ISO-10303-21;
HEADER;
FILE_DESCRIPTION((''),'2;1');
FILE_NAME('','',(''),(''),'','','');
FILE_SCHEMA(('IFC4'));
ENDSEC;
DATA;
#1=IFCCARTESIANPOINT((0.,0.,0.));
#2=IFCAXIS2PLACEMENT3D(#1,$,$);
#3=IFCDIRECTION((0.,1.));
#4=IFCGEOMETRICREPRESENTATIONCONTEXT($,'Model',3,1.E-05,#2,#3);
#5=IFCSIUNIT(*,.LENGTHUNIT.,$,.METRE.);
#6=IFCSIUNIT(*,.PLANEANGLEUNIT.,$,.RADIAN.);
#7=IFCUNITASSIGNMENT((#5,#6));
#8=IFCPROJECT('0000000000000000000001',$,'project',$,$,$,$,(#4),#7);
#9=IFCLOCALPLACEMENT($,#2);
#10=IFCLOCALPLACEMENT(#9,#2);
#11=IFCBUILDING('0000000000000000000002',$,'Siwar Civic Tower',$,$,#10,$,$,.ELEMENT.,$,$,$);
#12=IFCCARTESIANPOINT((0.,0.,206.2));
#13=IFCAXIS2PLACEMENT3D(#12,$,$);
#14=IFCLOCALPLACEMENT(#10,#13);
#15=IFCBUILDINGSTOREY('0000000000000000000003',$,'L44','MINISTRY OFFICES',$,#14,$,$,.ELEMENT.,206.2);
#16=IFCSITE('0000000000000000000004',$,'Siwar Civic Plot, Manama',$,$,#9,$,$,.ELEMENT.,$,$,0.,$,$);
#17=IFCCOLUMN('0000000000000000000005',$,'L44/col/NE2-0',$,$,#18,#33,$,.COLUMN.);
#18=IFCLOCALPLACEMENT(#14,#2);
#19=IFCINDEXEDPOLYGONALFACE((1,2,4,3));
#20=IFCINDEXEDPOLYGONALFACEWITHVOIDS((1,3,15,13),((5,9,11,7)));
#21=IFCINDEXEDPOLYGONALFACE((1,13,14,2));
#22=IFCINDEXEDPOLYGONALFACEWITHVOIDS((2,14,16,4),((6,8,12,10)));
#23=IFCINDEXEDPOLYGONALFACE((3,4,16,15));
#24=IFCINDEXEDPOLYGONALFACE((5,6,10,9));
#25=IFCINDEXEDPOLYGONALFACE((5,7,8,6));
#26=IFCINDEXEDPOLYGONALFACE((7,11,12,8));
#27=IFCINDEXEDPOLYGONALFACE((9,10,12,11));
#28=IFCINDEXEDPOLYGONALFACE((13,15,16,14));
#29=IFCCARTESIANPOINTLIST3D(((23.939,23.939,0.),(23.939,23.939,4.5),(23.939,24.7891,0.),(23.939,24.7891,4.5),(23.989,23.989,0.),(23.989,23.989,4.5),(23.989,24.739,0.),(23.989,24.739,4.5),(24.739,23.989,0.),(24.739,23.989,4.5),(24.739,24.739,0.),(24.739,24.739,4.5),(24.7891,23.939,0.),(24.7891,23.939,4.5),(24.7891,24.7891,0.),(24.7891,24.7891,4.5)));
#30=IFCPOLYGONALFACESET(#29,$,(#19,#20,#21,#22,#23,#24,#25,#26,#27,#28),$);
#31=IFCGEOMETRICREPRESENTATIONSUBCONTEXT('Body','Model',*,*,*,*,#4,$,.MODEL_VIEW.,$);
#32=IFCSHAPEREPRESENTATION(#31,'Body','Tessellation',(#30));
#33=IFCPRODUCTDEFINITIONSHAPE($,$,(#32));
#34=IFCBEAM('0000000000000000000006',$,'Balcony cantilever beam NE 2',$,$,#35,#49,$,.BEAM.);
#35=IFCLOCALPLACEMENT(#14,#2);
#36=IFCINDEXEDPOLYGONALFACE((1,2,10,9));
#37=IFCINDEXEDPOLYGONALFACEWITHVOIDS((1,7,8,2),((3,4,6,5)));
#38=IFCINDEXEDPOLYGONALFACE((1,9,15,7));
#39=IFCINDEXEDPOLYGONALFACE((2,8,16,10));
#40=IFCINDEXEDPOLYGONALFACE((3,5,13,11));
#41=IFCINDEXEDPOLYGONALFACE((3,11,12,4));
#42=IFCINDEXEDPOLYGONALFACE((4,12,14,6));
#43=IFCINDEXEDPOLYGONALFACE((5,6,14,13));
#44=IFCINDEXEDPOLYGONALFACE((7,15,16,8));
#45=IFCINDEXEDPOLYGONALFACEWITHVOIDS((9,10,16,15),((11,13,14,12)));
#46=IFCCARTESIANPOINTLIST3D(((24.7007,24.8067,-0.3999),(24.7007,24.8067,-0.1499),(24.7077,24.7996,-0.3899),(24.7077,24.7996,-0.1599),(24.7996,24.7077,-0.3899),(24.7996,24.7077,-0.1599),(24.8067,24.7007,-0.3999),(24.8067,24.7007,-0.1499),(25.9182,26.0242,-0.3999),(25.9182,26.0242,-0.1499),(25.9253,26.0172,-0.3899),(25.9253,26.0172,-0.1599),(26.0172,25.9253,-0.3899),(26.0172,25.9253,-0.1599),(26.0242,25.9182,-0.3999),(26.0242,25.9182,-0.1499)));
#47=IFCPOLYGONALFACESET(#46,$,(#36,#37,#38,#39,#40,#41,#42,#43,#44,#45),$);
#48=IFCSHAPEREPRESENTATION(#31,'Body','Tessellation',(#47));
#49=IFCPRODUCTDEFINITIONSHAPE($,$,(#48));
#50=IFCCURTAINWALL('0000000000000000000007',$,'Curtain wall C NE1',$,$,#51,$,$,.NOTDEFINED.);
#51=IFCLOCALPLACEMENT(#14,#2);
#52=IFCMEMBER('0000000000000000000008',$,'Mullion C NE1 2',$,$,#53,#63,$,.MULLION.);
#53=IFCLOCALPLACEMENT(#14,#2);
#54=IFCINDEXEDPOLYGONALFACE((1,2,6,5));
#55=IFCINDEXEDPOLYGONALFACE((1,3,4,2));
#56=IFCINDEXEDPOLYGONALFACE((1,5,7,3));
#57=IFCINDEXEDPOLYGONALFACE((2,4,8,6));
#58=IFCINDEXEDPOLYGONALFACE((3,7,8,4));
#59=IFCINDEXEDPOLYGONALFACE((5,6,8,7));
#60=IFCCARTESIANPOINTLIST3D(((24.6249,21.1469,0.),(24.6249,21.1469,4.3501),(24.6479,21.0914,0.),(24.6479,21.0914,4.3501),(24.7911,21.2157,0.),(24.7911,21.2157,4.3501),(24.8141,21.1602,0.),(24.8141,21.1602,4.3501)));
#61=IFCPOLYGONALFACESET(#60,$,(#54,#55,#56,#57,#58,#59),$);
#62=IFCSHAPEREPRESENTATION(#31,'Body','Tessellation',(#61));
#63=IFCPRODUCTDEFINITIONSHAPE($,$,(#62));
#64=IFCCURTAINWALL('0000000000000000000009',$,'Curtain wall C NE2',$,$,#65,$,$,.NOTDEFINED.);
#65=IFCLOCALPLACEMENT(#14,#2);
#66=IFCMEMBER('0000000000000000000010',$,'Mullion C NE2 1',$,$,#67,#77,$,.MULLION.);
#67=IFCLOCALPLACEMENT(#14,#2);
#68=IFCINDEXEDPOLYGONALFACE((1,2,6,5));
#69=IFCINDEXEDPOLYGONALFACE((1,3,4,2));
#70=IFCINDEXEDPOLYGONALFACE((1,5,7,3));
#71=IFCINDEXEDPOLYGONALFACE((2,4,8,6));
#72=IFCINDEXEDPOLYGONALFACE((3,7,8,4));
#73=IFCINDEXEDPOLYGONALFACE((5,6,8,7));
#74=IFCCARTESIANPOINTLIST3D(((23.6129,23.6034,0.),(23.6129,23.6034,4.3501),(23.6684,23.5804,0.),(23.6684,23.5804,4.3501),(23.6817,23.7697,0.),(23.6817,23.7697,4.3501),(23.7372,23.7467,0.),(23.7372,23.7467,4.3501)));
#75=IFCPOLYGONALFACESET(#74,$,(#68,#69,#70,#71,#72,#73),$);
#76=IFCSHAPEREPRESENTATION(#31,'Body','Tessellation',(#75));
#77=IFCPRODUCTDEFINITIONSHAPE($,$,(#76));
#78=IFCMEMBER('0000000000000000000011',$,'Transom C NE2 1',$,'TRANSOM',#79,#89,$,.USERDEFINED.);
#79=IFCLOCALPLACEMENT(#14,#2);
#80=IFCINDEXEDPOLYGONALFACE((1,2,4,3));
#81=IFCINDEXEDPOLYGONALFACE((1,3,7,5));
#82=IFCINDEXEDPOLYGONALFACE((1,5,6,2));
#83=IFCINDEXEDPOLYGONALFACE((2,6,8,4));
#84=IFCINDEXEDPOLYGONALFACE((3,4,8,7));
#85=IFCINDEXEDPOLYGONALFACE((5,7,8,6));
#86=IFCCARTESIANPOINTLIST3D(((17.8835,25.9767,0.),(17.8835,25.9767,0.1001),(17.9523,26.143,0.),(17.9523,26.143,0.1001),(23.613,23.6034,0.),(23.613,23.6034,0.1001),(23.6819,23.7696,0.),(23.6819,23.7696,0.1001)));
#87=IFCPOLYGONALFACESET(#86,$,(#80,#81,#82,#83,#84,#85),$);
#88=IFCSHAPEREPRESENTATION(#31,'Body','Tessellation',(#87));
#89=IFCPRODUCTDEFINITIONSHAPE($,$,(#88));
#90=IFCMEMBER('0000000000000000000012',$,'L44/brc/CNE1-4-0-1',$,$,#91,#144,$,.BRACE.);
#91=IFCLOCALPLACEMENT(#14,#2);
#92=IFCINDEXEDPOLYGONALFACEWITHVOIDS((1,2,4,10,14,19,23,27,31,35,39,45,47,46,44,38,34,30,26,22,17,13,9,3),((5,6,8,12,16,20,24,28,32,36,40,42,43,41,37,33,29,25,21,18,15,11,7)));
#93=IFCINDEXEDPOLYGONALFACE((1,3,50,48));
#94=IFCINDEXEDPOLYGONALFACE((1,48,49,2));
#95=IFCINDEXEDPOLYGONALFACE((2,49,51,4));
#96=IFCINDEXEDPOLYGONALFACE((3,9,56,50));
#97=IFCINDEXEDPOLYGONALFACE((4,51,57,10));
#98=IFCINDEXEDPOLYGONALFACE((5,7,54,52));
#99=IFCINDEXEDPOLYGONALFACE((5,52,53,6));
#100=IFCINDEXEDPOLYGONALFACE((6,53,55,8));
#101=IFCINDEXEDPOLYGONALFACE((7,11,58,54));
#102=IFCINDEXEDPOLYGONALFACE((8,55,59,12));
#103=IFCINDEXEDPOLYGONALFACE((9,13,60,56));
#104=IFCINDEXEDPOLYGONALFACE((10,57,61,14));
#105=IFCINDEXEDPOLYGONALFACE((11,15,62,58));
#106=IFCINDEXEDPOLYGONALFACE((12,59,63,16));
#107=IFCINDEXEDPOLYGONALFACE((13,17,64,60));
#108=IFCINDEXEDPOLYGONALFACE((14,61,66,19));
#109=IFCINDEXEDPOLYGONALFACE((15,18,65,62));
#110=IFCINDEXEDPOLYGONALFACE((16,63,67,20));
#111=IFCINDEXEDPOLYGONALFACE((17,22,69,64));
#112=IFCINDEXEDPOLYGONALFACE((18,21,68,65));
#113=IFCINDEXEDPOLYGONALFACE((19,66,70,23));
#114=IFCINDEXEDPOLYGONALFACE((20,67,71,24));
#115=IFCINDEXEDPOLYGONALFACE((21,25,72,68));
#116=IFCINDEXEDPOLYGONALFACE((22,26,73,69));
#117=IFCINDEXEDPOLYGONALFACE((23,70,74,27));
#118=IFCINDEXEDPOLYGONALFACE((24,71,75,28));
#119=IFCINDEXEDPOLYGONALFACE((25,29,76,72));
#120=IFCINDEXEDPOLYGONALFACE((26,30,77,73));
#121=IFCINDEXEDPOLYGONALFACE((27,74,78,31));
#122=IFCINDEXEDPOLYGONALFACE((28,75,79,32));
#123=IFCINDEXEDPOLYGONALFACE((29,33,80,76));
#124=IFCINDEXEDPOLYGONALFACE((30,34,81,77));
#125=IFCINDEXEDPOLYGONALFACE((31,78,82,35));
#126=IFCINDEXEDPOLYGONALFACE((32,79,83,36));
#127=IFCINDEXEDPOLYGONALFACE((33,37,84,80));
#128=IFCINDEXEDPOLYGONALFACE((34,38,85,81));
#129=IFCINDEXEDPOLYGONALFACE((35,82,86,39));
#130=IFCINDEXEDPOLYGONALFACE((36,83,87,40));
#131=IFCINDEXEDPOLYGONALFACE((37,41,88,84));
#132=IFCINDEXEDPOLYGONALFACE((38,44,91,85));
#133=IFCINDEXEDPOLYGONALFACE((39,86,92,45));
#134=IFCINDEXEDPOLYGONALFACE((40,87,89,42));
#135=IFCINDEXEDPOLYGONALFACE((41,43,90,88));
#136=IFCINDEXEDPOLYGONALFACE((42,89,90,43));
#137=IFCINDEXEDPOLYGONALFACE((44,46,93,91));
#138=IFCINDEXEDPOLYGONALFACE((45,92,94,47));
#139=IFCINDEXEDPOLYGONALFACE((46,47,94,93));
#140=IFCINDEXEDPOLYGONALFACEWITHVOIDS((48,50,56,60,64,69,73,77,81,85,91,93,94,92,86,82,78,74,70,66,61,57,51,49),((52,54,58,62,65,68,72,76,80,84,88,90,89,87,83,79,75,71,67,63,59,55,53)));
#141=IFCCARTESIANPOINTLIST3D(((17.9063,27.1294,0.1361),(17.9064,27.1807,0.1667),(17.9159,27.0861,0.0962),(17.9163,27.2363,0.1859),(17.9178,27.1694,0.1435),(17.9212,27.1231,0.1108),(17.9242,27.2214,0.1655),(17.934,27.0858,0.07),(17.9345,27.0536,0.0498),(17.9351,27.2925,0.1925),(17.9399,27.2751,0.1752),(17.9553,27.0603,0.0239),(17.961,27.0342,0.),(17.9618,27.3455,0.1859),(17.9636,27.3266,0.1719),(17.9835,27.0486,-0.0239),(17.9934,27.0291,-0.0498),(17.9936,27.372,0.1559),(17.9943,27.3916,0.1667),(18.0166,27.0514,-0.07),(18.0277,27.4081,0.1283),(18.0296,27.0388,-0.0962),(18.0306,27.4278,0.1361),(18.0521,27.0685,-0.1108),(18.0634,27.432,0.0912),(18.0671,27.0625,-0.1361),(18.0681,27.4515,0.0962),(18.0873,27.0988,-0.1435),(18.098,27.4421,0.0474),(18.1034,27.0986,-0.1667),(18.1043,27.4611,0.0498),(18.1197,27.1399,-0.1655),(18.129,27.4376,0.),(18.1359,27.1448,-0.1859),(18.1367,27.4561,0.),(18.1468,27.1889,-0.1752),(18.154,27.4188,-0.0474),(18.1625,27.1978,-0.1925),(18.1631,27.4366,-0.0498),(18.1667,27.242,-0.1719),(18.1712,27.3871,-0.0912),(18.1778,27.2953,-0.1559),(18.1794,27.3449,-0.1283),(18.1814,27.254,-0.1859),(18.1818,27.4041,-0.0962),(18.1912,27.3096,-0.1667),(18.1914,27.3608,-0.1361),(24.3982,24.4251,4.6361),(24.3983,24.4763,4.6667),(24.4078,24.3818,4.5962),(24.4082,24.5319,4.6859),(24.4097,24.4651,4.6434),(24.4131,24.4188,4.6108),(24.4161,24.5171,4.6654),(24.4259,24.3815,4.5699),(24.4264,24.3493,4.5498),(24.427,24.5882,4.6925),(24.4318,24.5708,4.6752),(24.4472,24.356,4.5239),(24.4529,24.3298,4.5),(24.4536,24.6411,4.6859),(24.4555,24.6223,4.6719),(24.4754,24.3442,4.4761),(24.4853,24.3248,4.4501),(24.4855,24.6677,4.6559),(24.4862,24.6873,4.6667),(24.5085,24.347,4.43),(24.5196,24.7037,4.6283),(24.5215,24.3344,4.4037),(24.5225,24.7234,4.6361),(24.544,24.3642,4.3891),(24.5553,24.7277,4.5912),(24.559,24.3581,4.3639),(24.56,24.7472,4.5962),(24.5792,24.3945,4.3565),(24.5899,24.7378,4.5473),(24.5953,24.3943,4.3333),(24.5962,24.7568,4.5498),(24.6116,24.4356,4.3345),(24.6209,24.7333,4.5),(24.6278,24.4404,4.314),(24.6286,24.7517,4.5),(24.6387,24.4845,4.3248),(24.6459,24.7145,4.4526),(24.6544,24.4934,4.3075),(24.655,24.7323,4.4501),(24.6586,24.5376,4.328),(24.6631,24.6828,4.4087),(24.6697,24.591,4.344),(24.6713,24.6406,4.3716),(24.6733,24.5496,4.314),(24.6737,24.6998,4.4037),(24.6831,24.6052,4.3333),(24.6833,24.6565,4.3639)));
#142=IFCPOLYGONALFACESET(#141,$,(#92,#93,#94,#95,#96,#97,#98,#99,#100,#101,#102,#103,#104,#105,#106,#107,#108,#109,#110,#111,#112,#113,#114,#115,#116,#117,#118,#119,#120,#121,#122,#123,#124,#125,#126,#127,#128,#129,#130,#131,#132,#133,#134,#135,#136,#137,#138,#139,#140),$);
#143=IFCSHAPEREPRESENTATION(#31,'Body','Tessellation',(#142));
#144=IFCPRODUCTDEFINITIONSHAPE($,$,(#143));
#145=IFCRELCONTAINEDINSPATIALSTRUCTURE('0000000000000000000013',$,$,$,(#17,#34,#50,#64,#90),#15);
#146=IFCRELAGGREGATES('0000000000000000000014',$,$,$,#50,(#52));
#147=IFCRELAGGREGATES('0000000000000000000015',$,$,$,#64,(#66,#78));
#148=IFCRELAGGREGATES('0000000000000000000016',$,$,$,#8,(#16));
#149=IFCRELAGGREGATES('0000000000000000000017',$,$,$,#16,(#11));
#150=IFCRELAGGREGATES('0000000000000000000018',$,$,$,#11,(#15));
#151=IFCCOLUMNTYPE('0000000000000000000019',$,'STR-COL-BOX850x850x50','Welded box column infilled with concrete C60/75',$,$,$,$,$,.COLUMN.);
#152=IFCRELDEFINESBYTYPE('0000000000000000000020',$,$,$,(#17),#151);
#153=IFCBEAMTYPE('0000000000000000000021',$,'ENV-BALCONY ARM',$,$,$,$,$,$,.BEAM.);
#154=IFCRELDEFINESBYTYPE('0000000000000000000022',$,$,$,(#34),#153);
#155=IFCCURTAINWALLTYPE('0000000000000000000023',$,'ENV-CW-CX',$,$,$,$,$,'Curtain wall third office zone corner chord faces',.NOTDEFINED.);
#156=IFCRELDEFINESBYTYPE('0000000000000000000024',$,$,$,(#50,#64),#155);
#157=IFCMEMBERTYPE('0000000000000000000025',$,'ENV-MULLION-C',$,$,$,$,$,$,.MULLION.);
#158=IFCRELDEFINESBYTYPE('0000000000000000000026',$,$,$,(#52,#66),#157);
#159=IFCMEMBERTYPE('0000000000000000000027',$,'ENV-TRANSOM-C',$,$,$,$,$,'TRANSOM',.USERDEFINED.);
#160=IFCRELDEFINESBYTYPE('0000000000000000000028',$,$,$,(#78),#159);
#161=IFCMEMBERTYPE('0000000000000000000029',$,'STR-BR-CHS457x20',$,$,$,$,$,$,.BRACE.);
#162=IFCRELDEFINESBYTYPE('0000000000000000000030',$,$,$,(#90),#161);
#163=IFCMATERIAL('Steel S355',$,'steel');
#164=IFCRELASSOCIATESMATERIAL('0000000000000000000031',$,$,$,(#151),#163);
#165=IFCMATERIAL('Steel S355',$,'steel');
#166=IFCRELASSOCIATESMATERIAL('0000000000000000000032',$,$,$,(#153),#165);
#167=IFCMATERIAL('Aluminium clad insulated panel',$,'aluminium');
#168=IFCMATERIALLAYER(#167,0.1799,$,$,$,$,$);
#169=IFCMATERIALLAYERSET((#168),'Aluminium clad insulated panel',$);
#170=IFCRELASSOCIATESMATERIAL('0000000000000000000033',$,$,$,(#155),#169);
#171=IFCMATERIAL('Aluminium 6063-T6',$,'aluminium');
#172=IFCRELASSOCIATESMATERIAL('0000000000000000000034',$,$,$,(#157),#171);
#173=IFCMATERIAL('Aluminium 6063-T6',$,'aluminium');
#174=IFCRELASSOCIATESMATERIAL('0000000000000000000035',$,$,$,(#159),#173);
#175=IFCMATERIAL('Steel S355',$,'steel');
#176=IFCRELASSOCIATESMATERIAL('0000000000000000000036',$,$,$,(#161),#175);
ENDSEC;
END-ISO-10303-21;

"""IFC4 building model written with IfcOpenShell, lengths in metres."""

from ifc_helpers import new_model, si_unit, direction, frame, origin, origin_2d, place, context, subcontext, project, spatial, rectangle, hollow_rectangle, hollow_circle, extrude, material, layer, layer_set, material_profile, profile_set, type_object, element, aggregate, save


model = new_model("IFC4")

# Units and contexts
model_context = context("Model", 3, precision=1e-05, world=origin(), true_north=direction((0.0, 1.0)))
body_context = subcontext(model_context, "Body", "Model", "MODEL_VIEW")
ifc_project = project(units=[si_unit("LENGTHUNIT", "METRE"), si_unit("PLANEANGLEUNIT", "RADIAN")], contexts=[model_context])

# Site, building, storey
site_placement = place(None, origin())
site = spatial("IfcSite", under=ifc_project, at=site_placement, Name="Siwar Civic Plot, Manama", CompositionType="ELEMENT", RefElevation=0.0)
building_placement = place(site_placement, origin())
building = spatial("IfcBuilding", under=site, at=building_placement, Name="Siwar Civic Tower", CompositionType="ELEMENT")
storey_placement = place(building_placement, frame((0.0, 0.0, 206.2)))
storey = spatial("IfcBuildingStorey", under=building, at=storey_placement, Name="L44", Description="MINISTRY OFFICES", CompositionType="ELEMENT", Elevation=206.2)

# Column
ifc_material_1 = material(Name="Steel S355", Category="steel")
ifc_material_profile_1 = material_profile(ifc_material_1, hollow_rectangle(XDim=0.8501, YDim=0.8501, WallThickness=0.05, at=origin_2d()), Name="BOX850x850x50")
ifc_profile_set_1 = profile_set([ifc_material_profile_1], Name="Steel S355")
column_type = type_object("IfcColumnType", Name="STR-COL-BOX850x850x50", Description="Welded box column infilled with concrete C60/75", PredefinedType="COLUMN", material=ifc_profile_set_1)
column_placement = place(storey_placement, frame((24.364, 24.364, 0.0), z_axis=(0.0, 0.0, 1.0), x_axis=(1.0, 0.0, 0.0)))
element("IfcColumn", 1, at=column_placement, inside=storey, type_object=column_type, Name="L44/col/NE2-0", PredefinedType="COLUMN", context=body_context, shape_type="SweptSolid", body=[
    extrude(hollow_rectangle(XDim=0.8501, YDim=0.8501, WallThickness=0.05, at=origin_2d()), origin(), (0.0, 0.0, 1.0), 4.5),
])

# Beam
ifc_material_2 = material(Name="Steel S355", Category="steel")
ifc_material_profile_2 = material_profile(ifc_material_2, hollow_rectangle(XDim=0.1499, YDim=0.25, WallThickness=0.01, at=origin_2d()), Name="RHS250x150x10")
ifc_profile_set_2 = profile_set([ifc_material_profile_2], Name="Steel S355")
beam_type_1 = type_object("IfcBeamType", Name="ENV-BALCONY ARM", PredefinedType="BEAM", material=ifc_profile_set_2)
beam_1_placement = place(storey_placement, frame((24.7537, 24.7537, -0.2749), z_axis=(0.707107, 0.707107, 0.0), x_axis=(-0.707107, 0.707107, 0.0)))
element("IfcBeam", 2, at=beam_1_placement, inside=storey, type_object=beam_type_1, Name="Balcony cantilever beam NE 2", PredefinedType="BEAM", context=body_context, shape_type="SweptSolid", body=[
    extrude(hollow_rectangle(XDim=0.1499, YDim=0.25, WallThickness=0.01, at=origin_2d()), origin(), (0.0, 0.0, 1.0), 1.7219),
])

# Curtain wall, member
ifc_material_3 = material(Name="Aluminium clad insulated panel", Category="aluminium")
ifc_layer_1 = layer(ifc_material_3, 0.1799)
ifc_layer_set_1 = layer_set([ifc_layer_1], Name="Aluminium clad insulated panel")
curtain_wall_type = type_object("IfcCurtainWallType", Name="ENV-CW-CX", ElementType="Curtain wall third office zone corner chord faces", PredefinedType="NOTDEFINED", material=ifc_layer_set_1)
curtain_wall_1_placement = place(storey_placement, origin())
curtain_wall_1 = element("IfcCurtainWall", 3, at=curtain_wall_1_placement, inside=storey, type_object=curtain_wall_type, Name="Curtain wall C NE1", PredefinedType="NOTDEFINED")
ifc_material_4 = material(Name="Aluminium 6063-T6", Category="aluminium")
ifc_material_profile_3 = material_profile(ifc_material_4, rectangle(XDim=0.1799, YDim=0.0601, at=origin_2d()), Name="AL 180x60")
ifc_profile_set_3 = profile_set([ifc_material_profile_3], Name="Aluminium 6063-T6")
member_type_1 = type_object("IfcMemberType", Name="ENV-MULLION-C", PredefinedType="MULLION", material=ifc_profile_set_3)
member_1_placement = place(storey_placement, frame((24.7195, 21.1536, 0.0), z_axis=(0.0, 0.0, 1.0), x_axis=(-0.92388, -0.382683, 0.0)))
member_1 = element("IfcMember", 4, at=member_1_placement, type_object=member_type_1, Name="Mullion C NE1 2", PredefinedType="MULLION", context=body_context, shape_type="SweptSolid", body=[
    extrude(rectangle(XDim=0.1799, YDim=0.0601, at=origin_2d()), origin(), (0.0, 0.0, 1.0), 4.3501),
])

# Curtain wall, members
curtain_wall_2_placement = place(storey_placement, origin())
curtain_wall_2 = element("IfcCurtainWall", 5, at=curtain_wall_2_placement, inside=storey, type_object=curtain_wall_type, Name="Curtain wall C NE2", PredefinedType="NOTDEFINED")
member_2_placement = place(storey_placement, frame((23.675, 23.675, 0.0), z_axis=(0.0, 0.0, 1.0), x_axis=(-0.382683, -0.92388, 0.0)))
member_2 = element("IfcMember", 6, at=member_2_placement, type_object=member_type_1, Name="Mullion C NE2 1", PredefinedType="MULLION", context=body_context, shape_type="SweptSolid", body=[
    extrude(rectangle(XDim=0.1799, YDim=0.0601, at=origin_2d()), origin(), (0.0, 0.0, 1.0), 4.3501),
])
ifc_material_5 = material(Name="Aluminium 6063-T6", Category="aluminium")
ifc_material_profile_4 = material_profile(ifc_material_5, rectangle(XDim=0.1799, YDim=0.1001, at=origin_2d()), Name="AL 180x100")
ifc_profile_set_4 = profile_set([ifc_material_profile_4], Name="Aluminium 6063-T6")
member_type_2 = type_object("IfcMemberType", Name="ENV-TRANSOM-C", ElementType="TRANSOM", PredefinedType="USERDEFINED", material=ifc_profile_set_4)
member_3_placement = place(storey_placement, frame((23.6475, 23.6865, 0.05), z_axis=(-0.923876, 0.382691, 0.0), x_axis=(-0.382691, -0.923876, 0.0)))
member_3 = element("IfcMember", 7, at=member_3_placement, type_object=member_type_2, Name="Transom C NE2 1", ObjectType="TRANSOM", PredefinedType="USERDEFINED", context=body_context, shape_type="SweptSolid", body=[
    extrude(rectangle(XDim=0.1799, YDim=0.1001, at=origin_2d()), origin(), (0.0, 0.0, 1.0), 6.2017),
])

# Member
ifc_material_6 = material(Name="Steel S355", Category="steel")
ifc_material_profile_5 = material_profile(ifc_material_6, hollow_circle(Radius=0.2285, WallThickness=0.02, at=origin_2d()), Name="CHS457x20")
ifc_profile_set_5 = profile_set([ifc_material_profile_5], Name="Steel S355")
member_type_3 = type_object("IfcMemberType", Name="STR-BR-CHS457x20", PredefinedType="BRACE", material=ifc_profile_set_5)
member_4_placement = place(storey_placement, frame((18.0488, 27.2451, 0.0), z_axis=(0.777555, -0.323906, 0.538975), x_axis=(0.384539, 0.923109, 0.0)))
element("IfcMember", 8, at=member_4_placement, inside=storey, type_object=member_type_3, Name="L44/brc/CNE1-4-0-1", PredefinedType="BRACE", context=body_context, shape_type="SweptSolid", body=[
    extrude(hollow_circle(Radius=0.2285, WallThickness=0.02, at=origin_2d()), origin(), (0.0, 0.0, 1.0), 8.3491),
])

aggregate(curtain_wall_1, [member_1])
aggregate(curtain_wall_2, [member_2, member_3])

save(model, "model.ifc")
